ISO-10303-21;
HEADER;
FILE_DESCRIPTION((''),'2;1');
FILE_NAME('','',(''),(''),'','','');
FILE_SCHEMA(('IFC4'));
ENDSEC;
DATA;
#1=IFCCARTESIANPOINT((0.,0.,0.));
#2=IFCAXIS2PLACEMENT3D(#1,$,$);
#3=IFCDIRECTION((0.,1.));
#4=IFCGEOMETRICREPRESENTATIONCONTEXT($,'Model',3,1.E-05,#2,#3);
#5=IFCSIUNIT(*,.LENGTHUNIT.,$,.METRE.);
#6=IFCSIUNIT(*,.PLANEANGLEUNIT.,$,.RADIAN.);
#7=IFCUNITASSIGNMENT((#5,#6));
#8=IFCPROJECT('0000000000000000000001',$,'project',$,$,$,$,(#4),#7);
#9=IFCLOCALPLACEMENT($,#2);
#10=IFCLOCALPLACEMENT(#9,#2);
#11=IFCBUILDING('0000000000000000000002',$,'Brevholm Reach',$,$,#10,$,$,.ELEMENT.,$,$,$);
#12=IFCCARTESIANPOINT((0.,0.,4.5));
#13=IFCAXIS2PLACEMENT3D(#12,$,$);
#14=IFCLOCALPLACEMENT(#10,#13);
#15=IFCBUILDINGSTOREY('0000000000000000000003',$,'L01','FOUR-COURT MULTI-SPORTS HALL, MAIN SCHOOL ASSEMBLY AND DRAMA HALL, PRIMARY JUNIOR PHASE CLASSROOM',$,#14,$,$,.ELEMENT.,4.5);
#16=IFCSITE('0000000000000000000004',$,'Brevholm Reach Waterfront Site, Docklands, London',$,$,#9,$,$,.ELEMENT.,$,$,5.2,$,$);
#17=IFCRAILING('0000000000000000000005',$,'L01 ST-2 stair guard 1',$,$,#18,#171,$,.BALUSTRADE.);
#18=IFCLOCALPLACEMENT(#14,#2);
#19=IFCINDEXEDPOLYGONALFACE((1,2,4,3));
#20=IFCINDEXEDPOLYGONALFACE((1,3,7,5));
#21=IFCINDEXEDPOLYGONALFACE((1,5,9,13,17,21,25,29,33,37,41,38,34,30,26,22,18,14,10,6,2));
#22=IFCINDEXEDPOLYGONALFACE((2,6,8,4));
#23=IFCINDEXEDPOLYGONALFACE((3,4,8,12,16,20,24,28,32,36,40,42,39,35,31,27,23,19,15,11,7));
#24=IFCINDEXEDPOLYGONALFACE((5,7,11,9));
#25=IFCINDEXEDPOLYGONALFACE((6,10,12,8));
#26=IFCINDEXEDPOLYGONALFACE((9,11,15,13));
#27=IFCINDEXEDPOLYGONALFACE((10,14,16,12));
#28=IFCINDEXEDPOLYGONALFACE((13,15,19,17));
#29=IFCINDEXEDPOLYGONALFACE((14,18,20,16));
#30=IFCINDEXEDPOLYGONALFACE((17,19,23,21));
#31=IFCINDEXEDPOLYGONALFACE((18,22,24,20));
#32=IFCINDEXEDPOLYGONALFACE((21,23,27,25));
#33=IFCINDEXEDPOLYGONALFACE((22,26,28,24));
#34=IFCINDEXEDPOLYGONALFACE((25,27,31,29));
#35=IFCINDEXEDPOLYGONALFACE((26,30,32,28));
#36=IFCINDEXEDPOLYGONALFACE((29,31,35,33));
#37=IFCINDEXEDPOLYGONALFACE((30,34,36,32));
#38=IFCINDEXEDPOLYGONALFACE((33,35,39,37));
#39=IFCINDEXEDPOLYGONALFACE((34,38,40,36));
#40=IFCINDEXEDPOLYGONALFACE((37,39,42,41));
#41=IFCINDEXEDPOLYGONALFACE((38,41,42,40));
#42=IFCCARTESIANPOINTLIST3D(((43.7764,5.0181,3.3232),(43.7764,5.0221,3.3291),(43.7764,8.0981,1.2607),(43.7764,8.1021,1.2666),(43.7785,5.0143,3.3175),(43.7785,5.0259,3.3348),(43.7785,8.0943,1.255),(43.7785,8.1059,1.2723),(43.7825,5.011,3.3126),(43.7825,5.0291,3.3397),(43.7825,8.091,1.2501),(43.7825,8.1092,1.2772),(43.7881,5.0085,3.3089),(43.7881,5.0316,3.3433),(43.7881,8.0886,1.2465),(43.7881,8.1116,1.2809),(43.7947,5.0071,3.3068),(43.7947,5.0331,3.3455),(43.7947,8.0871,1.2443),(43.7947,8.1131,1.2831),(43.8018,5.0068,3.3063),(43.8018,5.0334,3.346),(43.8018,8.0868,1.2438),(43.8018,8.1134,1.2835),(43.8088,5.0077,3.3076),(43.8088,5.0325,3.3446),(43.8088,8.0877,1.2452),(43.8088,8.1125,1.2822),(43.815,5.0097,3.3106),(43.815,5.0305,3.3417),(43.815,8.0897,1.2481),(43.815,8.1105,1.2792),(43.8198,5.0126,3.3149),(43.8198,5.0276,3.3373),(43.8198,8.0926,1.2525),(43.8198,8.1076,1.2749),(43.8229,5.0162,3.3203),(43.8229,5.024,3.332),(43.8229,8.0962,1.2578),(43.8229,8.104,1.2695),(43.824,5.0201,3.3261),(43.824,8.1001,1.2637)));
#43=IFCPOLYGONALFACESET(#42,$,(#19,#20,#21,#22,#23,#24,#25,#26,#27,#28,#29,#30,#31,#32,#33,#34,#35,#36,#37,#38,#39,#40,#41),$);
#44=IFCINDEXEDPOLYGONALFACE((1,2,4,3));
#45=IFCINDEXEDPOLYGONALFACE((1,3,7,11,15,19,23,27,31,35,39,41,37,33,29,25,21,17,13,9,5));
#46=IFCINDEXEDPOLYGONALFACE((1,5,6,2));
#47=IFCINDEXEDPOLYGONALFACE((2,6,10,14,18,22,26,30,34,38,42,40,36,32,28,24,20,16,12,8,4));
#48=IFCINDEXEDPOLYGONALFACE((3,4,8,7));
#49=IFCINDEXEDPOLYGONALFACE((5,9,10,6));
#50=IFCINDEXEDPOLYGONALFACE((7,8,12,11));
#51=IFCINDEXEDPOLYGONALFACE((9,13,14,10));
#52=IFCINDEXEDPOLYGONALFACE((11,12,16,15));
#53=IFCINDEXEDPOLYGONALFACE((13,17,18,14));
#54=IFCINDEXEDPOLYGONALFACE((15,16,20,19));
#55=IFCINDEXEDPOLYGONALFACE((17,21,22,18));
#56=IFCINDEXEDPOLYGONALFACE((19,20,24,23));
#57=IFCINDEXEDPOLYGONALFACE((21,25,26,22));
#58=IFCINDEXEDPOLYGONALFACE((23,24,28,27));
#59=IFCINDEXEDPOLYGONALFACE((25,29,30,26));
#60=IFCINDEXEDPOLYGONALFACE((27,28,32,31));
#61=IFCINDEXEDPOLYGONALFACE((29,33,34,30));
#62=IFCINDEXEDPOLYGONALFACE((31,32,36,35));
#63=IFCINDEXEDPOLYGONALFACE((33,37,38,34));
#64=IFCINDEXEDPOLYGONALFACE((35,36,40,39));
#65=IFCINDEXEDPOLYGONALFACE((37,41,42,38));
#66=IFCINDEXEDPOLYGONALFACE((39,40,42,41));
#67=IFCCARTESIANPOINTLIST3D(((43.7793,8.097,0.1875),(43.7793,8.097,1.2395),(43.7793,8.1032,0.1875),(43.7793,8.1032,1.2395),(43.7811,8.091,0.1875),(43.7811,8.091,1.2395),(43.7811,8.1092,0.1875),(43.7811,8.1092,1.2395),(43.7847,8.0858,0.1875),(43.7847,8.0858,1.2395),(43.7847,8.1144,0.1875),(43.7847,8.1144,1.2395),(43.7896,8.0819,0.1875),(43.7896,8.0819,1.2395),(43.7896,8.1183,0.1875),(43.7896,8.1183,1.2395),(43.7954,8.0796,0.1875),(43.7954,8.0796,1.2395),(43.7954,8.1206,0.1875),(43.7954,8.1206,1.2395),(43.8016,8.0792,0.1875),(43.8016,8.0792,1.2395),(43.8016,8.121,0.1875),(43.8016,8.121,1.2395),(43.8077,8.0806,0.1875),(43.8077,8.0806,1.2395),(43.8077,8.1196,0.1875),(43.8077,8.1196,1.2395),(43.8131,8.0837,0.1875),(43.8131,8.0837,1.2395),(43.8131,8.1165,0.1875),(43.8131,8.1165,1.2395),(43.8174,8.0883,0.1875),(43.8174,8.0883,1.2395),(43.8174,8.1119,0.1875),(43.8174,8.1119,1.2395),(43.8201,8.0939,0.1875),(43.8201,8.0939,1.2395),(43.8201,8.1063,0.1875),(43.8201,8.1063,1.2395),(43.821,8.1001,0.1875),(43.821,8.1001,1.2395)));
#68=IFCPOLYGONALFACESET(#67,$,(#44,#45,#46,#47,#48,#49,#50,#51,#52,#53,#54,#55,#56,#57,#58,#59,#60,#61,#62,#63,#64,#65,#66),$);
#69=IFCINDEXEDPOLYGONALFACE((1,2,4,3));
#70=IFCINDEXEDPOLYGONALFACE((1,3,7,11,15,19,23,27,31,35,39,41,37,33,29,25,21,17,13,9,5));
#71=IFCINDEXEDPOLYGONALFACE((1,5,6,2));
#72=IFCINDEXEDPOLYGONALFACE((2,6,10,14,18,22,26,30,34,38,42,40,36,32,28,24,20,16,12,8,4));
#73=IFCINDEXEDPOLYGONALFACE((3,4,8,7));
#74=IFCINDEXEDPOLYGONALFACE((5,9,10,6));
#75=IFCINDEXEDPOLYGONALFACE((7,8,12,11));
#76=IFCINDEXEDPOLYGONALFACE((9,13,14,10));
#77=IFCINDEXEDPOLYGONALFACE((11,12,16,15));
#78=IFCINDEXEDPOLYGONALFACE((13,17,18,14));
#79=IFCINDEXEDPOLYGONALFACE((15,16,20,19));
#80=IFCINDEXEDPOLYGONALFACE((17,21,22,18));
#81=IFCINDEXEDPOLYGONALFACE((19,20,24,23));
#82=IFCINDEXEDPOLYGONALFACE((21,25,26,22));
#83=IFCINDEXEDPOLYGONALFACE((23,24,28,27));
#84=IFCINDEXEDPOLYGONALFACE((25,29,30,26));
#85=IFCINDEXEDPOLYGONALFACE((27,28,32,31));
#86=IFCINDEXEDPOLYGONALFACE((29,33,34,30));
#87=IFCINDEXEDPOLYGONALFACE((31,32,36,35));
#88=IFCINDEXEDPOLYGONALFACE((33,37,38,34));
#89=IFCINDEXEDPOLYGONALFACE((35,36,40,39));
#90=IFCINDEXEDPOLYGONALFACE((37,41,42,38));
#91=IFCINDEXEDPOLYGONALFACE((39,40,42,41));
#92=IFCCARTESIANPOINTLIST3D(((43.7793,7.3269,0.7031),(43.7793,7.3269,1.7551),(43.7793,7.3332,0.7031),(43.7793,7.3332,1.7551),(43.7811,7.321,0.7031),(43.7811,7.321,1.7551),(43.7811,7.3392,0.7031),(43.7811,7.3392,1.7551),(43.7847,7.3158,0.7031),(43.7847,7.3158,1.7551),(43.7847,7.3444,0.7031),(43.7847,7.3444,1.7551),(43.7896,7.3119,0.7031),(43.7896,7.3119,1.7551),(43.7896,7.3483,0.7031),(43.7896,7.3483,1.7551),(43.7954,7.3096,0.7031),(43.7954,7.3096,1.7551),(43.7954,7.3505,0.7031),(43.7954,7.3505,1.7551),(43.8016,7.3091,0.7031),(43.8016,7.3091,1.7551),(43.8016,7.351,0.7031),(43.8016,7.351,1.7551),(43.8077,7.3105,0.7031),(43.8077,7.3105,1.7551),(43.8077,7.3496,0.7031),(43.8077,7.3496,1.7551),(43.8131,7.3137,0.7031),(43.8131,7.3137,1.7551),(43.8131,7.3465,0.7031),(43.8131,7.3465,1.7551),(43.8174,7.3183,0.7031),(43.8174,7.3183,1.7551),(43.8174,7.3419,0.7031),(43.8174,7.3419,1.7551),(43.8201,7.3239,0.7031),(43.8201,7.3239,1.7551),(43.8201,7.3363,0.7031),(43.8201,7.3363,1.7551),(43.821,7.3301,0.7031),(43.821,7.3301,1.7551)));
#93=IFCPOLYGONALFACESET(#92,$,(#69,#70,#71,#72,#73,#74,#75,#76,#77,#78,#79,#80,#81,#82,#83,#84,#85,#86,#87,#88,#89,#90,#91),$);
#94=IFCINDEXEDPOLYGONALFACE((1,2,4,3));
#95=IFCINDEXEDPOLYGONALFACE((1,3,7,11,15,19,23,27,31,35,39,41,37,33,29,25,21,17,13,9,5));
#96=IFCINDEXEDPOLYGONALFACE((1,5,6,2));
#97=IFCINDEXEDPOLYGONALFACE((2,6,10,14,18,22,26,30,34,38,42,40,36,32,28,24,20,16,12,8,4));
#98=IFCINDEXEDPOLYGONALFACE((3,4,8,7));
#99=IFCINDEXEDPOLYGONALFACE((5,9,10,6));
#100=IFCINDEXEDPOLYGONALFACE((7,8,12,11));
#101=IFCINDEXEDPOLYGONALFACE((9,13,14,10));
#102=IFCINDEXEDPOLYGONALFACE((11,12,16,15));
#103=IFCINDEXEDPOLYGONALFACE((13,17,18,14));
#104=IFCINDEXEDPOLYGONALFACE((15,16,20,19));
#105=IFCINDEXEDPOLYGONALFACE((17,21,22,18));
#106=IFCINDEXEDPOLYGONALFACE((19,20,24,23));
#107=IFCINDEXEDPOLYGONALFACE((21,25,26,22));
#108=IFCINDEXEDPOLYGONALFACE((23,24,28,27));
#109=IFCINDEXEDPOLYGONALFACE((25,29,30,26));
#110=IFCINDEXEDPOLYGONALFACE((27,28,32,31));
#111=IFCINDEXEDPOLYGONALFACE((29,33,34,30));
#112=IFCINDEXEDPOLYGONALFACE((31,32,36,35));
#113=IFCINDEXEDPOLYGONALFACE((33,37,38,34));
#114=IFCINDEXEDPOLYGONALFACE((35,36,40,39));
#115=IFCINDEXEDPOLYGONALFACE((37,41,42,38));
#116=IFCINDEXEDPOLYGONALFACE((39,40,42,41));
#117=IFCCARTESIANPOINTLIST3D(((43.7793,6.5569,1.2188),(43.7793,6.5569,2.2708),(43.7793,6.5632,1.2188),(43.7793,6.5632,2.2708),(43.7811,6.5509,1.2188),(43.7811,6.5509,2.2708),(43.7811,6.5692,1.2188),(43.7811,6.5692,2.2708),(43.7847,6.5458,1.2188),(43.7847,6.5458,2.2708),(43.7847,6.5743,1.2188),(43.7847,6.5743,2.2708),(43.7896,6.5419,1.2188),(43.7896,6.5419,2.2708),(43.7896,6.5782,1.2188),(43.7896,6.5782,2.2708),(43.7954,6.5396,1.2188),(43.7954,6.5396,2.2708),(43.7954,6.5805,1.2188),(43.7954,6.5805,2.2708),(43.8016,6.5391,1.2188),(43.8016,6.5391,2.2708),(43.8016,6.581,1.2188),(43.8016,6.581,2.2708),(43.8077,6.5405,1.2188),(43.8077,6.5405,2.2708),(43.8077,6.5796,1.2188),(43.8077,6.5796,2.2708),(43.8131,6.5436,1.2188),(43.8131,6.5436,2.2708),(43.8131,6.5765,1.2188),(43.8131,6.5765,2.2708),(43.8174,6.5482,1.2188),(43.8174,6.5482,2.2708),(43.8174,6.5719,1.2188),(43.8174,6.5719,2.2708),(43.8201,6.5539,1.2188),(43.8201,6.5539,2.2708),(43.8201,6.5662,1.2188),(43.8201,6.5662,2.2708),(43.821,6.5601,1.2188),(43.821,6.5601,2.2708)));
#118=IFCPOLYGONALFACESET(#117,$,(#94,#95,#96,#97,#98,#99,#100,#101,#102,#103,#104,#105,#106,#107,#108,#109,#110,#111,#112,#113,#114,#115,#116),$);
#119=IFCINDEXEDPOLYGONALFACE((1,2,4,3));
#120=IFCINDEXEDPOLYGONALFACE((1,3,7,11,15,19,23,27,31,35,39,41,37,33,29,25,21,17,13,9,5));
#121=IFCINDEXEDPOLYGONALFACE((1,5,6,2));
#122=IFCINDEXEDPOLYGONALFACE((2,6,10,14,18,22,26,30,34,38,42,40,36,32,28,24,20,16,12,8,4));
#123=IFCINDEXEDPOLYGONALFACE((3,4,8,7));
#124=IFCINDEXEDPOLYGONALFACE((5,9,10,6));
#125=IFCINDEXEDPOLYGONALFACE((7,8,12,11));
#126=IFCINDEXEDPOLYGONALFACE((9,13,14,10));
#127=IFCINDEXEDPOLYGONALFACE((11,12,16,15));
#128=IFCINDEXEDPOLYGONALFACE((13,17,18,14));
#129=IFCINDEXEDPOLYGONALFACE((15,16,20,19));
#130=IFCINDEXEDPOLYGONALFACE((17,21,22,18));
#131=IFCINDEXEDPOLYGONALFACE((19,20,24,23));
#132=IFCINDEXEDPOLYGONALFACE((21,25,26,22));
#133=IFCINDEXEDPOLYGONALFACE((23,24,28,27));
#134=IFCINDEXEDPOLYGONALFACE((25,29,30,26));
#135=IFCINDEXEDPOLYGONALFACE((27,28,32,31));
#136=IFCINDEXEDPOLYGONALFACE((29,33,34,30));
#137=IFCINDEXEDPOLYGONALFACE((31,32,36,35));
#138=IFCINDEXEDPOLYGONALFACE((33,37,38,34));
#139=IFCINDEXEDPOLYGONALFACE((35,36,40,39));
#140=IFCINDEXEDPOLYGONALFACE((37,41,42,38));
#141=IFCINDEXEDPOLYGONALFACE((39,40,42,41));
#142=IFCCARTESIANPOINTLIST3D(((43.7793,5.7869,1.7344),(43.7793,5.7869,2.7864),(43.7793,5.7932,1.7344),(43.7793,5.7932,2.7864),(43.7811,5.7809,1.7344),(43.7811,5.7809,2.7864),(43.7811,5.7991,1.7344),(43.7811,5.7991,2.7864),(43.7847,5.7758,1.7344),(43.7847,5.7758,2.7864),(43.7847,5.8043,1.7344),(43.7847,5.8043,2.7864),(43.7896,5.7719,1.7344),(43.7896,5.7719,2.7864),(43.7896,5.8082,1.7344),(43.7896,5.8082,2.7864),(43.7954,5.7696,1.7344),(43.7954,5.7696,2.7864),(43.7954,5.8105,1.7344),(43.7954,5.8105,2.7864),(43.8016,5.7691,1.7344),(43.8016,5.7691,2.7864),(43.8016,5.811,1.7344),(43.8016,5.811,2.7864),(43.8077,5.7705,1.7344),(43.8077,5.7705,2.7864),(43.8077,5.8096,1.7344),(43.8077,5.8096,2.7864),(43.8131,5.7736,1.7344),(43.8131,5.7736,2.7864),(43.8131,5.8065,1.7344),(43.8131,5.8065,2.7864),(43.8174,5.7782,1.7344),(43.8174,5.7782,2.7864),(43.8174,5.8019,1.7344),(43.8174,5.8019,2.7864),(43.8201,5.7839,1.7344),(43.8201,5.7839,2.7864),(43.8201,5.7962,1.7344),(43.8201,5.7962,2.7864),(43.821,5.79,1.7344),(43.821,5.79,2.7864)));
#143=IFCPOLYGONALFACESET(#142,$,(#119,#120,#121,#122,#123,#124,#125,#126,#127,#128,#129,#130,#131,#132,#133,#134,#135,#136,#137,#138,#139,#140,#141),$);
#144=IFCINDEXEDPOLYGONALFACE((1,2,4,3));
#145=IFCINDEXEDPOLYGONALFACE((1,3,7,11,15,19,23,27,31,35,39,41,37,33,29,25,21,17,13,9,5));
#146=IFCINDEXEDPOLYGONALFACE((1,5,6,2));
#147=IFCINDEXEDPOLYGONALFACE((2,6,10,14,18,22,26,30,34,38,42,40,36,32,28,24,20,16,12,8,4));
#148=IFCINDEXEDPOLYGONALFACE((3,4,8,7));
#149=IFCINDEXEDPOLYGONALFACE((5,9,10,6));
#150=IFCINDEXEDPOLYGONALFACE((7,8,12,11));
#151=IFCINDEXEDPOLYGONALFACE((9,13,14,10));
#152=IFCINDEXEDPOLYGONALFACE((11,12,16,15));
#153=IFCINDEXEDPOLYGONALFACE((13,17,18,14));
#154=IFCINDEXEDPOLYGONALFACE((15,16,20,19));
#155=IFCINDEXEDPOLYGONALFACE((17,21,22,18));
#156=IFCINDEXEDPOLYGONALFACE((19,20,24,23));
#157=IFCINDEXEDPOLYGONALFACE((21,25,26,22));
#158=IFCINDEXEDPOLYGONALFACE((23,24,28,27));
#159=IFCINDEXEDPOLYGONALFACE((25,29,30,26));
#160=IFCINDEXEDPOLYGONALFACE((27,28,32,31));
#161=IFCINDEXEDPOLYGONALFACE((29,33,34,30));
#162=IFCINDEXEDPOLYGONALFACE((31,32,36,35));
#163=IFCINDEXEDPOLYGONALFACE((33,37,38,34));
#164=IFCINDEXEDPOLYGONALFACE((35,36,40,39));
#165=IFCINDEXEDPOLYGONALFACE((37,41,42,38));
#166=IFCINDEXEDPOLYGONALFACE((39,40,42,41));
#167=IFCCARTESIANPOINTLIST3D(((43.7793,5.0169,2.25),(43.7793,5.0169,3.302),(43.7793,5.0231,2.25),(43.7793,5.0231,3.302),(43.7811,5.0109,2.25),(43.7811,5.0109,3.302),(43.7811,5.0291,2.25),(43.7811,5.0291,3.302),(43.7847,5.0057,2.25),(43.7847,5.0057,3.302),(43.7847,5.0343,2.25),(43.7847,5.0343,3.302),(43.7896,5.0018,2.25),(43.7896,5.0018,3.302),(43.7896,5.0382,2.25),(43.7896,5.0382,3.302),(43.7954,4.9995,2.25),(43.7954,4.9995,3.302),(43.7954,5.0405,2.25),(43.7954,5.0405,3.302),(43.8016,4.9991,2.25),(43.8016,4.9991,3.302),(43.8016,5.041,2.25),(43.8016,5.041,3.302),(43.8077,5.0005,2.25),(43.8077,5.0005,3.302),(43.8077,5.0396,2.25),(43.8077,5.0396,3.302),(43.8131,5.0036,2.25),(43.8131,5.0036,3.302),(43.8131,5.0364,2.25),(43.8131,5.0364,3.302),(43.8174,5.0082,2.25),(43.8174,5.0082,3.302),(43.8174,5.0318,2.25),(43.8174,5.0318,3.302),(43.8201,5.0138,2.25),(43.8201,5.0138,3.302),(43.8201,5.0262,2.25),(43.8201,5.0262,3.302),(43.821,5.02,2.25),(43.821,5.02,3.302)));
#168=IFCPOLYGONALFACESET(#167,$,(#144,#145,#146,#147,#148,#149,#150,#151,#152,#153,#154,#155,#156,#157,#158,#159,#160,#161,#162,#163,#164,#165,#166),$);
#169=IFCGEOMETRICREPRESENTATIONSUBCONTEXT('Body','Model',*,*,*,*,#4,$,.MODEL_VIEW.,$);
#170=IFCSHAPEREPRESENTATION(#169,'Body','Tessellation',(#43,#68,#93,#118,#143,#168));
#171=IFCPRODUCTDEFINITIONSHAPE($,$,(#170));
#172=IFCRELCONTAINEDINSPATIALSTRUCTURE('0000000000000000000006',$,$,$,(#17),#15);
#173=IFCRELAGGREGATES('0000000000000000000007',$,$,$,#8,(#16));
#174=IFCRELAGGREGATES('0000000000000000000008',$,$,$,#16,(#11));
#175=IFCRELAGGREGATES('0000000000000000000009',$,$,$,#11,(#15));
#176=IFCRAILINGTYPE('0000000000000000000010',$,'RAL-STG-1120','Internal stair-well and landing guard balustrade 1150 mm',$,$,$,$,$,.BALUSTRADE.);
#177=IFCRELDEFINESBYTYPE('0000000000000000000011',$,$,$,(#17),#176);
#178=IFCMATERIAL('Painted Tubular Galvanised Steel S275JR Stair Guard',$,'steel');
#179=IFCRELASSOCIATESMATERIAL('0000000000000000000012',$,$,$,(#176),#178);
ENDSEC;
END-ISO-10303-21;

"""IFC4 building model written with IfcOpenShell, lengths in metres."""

from ifc_helpers import new_model, si_unit, direction, frame, origin, origin_2d, place, context, subcontext, project, spatial, circle, extrude, material, type_object, element, save


model = new_model("IFC4")

# Units and contexts
model_context = context("Model", 3, precision=1e-05, world=origin(), true_north=direction((0.0, 1.0)))
body_context = subcontext(model_context, "Body", "Model", "MODEL_VIEW")
ifc_project = project(units=[si_unit("LENGTHUNIT", "METRE"), si_unit("PLANEANGLEUNIT", "RADIAN")], contexts=[model_context])

# Site, building, storey
site_placement = place(None, origin())
site = spatial("IfcSite", under=ifc_project, at=site_placement, Name="Brevholm Reach Waterfront Site, Docklands, London", CompositionType="ELEMENT", RefElevation=5.2)
building_placement = place(site_placement, origin())
building = spatial("IfcBuilding", under=site, at=building_placement, Name="Brevholm Reach", CompositionType="ELEMENT")
storey_placement = place(building_placement, frame((0.0, 0.0, 4.5)))
storey = spatial("IfcBuildingStorey", under=building, at=storey_placement, Name="L01", Description="FOUR-COURT MULTI-SPORTS HALL, MAIN SCHOOL ASSEMBLY AND DRAMA HALL, PRIMARY JUNIOR PHASE CLASSROOM", CompositionType="ELEMENT", Elevation=4.5)

# Railing
ifc_material_1 = material(Name="Painted Tubular Galvanised Steel S275JR Stair Guard", Category="steel")
railing_type_1 = type_object("IfcRailingType", Name="RAL-STG-1120", Description="Internal stair-well and landing guard balustrade 1150 mm", PredefinedType="BALUSTRADE", material=ifc_material_1)
railing_1_placement = place(storey_placement, frame((43.8, 8.1001, 0.1875)))
element("IfcRailing", 1, at=railing_1_placement, inside=storey, type_object=railing_type_1, Name="L01 ST-2 stair guard 1", PredefinedType="BALUSTRADE", context=body_context, shape_type="SweptSolid", body=[
    extrude(circle(Radius=0.0239, at=origin_2d()), frame((0.0, 0.0, 1.0762), z_axis=(0.0, -0.830914, 0.556401), x_axis=(1.0, 0.0, 0.0)), (0.0, 0.0, 1.0), 3.7068),
    extrude(circle(Radius=0.021, at=origin_2d()), origin(), (0.0, 0.0, 1.0), 1.052),
    extrude(circle(Radius=0.021, at=origin_2d()), frame((0.0, -0.77, 0.5156)), (0.0, 0.0, 1.0), 1.052),
    extrude(circle(Radius=0.021, at=origin_2d()), frame((0.0, -1.54, 1.0312)), (0.0, 0.0, 1.0), 1.052),
    extrude(circle(Radius=0.021, at=origin_2d()), frame((0.0, -2.3101, 1.5469)), (0.0, 0.0, 1.0), 1.052),
    extrude(circle(Radius=0.021, at=origin_2d()), frame((0.0, -3.0801, 2.0625)), (0.0, 0.0, 1.0), 1.052),
])

save(model, "model.ifc")
